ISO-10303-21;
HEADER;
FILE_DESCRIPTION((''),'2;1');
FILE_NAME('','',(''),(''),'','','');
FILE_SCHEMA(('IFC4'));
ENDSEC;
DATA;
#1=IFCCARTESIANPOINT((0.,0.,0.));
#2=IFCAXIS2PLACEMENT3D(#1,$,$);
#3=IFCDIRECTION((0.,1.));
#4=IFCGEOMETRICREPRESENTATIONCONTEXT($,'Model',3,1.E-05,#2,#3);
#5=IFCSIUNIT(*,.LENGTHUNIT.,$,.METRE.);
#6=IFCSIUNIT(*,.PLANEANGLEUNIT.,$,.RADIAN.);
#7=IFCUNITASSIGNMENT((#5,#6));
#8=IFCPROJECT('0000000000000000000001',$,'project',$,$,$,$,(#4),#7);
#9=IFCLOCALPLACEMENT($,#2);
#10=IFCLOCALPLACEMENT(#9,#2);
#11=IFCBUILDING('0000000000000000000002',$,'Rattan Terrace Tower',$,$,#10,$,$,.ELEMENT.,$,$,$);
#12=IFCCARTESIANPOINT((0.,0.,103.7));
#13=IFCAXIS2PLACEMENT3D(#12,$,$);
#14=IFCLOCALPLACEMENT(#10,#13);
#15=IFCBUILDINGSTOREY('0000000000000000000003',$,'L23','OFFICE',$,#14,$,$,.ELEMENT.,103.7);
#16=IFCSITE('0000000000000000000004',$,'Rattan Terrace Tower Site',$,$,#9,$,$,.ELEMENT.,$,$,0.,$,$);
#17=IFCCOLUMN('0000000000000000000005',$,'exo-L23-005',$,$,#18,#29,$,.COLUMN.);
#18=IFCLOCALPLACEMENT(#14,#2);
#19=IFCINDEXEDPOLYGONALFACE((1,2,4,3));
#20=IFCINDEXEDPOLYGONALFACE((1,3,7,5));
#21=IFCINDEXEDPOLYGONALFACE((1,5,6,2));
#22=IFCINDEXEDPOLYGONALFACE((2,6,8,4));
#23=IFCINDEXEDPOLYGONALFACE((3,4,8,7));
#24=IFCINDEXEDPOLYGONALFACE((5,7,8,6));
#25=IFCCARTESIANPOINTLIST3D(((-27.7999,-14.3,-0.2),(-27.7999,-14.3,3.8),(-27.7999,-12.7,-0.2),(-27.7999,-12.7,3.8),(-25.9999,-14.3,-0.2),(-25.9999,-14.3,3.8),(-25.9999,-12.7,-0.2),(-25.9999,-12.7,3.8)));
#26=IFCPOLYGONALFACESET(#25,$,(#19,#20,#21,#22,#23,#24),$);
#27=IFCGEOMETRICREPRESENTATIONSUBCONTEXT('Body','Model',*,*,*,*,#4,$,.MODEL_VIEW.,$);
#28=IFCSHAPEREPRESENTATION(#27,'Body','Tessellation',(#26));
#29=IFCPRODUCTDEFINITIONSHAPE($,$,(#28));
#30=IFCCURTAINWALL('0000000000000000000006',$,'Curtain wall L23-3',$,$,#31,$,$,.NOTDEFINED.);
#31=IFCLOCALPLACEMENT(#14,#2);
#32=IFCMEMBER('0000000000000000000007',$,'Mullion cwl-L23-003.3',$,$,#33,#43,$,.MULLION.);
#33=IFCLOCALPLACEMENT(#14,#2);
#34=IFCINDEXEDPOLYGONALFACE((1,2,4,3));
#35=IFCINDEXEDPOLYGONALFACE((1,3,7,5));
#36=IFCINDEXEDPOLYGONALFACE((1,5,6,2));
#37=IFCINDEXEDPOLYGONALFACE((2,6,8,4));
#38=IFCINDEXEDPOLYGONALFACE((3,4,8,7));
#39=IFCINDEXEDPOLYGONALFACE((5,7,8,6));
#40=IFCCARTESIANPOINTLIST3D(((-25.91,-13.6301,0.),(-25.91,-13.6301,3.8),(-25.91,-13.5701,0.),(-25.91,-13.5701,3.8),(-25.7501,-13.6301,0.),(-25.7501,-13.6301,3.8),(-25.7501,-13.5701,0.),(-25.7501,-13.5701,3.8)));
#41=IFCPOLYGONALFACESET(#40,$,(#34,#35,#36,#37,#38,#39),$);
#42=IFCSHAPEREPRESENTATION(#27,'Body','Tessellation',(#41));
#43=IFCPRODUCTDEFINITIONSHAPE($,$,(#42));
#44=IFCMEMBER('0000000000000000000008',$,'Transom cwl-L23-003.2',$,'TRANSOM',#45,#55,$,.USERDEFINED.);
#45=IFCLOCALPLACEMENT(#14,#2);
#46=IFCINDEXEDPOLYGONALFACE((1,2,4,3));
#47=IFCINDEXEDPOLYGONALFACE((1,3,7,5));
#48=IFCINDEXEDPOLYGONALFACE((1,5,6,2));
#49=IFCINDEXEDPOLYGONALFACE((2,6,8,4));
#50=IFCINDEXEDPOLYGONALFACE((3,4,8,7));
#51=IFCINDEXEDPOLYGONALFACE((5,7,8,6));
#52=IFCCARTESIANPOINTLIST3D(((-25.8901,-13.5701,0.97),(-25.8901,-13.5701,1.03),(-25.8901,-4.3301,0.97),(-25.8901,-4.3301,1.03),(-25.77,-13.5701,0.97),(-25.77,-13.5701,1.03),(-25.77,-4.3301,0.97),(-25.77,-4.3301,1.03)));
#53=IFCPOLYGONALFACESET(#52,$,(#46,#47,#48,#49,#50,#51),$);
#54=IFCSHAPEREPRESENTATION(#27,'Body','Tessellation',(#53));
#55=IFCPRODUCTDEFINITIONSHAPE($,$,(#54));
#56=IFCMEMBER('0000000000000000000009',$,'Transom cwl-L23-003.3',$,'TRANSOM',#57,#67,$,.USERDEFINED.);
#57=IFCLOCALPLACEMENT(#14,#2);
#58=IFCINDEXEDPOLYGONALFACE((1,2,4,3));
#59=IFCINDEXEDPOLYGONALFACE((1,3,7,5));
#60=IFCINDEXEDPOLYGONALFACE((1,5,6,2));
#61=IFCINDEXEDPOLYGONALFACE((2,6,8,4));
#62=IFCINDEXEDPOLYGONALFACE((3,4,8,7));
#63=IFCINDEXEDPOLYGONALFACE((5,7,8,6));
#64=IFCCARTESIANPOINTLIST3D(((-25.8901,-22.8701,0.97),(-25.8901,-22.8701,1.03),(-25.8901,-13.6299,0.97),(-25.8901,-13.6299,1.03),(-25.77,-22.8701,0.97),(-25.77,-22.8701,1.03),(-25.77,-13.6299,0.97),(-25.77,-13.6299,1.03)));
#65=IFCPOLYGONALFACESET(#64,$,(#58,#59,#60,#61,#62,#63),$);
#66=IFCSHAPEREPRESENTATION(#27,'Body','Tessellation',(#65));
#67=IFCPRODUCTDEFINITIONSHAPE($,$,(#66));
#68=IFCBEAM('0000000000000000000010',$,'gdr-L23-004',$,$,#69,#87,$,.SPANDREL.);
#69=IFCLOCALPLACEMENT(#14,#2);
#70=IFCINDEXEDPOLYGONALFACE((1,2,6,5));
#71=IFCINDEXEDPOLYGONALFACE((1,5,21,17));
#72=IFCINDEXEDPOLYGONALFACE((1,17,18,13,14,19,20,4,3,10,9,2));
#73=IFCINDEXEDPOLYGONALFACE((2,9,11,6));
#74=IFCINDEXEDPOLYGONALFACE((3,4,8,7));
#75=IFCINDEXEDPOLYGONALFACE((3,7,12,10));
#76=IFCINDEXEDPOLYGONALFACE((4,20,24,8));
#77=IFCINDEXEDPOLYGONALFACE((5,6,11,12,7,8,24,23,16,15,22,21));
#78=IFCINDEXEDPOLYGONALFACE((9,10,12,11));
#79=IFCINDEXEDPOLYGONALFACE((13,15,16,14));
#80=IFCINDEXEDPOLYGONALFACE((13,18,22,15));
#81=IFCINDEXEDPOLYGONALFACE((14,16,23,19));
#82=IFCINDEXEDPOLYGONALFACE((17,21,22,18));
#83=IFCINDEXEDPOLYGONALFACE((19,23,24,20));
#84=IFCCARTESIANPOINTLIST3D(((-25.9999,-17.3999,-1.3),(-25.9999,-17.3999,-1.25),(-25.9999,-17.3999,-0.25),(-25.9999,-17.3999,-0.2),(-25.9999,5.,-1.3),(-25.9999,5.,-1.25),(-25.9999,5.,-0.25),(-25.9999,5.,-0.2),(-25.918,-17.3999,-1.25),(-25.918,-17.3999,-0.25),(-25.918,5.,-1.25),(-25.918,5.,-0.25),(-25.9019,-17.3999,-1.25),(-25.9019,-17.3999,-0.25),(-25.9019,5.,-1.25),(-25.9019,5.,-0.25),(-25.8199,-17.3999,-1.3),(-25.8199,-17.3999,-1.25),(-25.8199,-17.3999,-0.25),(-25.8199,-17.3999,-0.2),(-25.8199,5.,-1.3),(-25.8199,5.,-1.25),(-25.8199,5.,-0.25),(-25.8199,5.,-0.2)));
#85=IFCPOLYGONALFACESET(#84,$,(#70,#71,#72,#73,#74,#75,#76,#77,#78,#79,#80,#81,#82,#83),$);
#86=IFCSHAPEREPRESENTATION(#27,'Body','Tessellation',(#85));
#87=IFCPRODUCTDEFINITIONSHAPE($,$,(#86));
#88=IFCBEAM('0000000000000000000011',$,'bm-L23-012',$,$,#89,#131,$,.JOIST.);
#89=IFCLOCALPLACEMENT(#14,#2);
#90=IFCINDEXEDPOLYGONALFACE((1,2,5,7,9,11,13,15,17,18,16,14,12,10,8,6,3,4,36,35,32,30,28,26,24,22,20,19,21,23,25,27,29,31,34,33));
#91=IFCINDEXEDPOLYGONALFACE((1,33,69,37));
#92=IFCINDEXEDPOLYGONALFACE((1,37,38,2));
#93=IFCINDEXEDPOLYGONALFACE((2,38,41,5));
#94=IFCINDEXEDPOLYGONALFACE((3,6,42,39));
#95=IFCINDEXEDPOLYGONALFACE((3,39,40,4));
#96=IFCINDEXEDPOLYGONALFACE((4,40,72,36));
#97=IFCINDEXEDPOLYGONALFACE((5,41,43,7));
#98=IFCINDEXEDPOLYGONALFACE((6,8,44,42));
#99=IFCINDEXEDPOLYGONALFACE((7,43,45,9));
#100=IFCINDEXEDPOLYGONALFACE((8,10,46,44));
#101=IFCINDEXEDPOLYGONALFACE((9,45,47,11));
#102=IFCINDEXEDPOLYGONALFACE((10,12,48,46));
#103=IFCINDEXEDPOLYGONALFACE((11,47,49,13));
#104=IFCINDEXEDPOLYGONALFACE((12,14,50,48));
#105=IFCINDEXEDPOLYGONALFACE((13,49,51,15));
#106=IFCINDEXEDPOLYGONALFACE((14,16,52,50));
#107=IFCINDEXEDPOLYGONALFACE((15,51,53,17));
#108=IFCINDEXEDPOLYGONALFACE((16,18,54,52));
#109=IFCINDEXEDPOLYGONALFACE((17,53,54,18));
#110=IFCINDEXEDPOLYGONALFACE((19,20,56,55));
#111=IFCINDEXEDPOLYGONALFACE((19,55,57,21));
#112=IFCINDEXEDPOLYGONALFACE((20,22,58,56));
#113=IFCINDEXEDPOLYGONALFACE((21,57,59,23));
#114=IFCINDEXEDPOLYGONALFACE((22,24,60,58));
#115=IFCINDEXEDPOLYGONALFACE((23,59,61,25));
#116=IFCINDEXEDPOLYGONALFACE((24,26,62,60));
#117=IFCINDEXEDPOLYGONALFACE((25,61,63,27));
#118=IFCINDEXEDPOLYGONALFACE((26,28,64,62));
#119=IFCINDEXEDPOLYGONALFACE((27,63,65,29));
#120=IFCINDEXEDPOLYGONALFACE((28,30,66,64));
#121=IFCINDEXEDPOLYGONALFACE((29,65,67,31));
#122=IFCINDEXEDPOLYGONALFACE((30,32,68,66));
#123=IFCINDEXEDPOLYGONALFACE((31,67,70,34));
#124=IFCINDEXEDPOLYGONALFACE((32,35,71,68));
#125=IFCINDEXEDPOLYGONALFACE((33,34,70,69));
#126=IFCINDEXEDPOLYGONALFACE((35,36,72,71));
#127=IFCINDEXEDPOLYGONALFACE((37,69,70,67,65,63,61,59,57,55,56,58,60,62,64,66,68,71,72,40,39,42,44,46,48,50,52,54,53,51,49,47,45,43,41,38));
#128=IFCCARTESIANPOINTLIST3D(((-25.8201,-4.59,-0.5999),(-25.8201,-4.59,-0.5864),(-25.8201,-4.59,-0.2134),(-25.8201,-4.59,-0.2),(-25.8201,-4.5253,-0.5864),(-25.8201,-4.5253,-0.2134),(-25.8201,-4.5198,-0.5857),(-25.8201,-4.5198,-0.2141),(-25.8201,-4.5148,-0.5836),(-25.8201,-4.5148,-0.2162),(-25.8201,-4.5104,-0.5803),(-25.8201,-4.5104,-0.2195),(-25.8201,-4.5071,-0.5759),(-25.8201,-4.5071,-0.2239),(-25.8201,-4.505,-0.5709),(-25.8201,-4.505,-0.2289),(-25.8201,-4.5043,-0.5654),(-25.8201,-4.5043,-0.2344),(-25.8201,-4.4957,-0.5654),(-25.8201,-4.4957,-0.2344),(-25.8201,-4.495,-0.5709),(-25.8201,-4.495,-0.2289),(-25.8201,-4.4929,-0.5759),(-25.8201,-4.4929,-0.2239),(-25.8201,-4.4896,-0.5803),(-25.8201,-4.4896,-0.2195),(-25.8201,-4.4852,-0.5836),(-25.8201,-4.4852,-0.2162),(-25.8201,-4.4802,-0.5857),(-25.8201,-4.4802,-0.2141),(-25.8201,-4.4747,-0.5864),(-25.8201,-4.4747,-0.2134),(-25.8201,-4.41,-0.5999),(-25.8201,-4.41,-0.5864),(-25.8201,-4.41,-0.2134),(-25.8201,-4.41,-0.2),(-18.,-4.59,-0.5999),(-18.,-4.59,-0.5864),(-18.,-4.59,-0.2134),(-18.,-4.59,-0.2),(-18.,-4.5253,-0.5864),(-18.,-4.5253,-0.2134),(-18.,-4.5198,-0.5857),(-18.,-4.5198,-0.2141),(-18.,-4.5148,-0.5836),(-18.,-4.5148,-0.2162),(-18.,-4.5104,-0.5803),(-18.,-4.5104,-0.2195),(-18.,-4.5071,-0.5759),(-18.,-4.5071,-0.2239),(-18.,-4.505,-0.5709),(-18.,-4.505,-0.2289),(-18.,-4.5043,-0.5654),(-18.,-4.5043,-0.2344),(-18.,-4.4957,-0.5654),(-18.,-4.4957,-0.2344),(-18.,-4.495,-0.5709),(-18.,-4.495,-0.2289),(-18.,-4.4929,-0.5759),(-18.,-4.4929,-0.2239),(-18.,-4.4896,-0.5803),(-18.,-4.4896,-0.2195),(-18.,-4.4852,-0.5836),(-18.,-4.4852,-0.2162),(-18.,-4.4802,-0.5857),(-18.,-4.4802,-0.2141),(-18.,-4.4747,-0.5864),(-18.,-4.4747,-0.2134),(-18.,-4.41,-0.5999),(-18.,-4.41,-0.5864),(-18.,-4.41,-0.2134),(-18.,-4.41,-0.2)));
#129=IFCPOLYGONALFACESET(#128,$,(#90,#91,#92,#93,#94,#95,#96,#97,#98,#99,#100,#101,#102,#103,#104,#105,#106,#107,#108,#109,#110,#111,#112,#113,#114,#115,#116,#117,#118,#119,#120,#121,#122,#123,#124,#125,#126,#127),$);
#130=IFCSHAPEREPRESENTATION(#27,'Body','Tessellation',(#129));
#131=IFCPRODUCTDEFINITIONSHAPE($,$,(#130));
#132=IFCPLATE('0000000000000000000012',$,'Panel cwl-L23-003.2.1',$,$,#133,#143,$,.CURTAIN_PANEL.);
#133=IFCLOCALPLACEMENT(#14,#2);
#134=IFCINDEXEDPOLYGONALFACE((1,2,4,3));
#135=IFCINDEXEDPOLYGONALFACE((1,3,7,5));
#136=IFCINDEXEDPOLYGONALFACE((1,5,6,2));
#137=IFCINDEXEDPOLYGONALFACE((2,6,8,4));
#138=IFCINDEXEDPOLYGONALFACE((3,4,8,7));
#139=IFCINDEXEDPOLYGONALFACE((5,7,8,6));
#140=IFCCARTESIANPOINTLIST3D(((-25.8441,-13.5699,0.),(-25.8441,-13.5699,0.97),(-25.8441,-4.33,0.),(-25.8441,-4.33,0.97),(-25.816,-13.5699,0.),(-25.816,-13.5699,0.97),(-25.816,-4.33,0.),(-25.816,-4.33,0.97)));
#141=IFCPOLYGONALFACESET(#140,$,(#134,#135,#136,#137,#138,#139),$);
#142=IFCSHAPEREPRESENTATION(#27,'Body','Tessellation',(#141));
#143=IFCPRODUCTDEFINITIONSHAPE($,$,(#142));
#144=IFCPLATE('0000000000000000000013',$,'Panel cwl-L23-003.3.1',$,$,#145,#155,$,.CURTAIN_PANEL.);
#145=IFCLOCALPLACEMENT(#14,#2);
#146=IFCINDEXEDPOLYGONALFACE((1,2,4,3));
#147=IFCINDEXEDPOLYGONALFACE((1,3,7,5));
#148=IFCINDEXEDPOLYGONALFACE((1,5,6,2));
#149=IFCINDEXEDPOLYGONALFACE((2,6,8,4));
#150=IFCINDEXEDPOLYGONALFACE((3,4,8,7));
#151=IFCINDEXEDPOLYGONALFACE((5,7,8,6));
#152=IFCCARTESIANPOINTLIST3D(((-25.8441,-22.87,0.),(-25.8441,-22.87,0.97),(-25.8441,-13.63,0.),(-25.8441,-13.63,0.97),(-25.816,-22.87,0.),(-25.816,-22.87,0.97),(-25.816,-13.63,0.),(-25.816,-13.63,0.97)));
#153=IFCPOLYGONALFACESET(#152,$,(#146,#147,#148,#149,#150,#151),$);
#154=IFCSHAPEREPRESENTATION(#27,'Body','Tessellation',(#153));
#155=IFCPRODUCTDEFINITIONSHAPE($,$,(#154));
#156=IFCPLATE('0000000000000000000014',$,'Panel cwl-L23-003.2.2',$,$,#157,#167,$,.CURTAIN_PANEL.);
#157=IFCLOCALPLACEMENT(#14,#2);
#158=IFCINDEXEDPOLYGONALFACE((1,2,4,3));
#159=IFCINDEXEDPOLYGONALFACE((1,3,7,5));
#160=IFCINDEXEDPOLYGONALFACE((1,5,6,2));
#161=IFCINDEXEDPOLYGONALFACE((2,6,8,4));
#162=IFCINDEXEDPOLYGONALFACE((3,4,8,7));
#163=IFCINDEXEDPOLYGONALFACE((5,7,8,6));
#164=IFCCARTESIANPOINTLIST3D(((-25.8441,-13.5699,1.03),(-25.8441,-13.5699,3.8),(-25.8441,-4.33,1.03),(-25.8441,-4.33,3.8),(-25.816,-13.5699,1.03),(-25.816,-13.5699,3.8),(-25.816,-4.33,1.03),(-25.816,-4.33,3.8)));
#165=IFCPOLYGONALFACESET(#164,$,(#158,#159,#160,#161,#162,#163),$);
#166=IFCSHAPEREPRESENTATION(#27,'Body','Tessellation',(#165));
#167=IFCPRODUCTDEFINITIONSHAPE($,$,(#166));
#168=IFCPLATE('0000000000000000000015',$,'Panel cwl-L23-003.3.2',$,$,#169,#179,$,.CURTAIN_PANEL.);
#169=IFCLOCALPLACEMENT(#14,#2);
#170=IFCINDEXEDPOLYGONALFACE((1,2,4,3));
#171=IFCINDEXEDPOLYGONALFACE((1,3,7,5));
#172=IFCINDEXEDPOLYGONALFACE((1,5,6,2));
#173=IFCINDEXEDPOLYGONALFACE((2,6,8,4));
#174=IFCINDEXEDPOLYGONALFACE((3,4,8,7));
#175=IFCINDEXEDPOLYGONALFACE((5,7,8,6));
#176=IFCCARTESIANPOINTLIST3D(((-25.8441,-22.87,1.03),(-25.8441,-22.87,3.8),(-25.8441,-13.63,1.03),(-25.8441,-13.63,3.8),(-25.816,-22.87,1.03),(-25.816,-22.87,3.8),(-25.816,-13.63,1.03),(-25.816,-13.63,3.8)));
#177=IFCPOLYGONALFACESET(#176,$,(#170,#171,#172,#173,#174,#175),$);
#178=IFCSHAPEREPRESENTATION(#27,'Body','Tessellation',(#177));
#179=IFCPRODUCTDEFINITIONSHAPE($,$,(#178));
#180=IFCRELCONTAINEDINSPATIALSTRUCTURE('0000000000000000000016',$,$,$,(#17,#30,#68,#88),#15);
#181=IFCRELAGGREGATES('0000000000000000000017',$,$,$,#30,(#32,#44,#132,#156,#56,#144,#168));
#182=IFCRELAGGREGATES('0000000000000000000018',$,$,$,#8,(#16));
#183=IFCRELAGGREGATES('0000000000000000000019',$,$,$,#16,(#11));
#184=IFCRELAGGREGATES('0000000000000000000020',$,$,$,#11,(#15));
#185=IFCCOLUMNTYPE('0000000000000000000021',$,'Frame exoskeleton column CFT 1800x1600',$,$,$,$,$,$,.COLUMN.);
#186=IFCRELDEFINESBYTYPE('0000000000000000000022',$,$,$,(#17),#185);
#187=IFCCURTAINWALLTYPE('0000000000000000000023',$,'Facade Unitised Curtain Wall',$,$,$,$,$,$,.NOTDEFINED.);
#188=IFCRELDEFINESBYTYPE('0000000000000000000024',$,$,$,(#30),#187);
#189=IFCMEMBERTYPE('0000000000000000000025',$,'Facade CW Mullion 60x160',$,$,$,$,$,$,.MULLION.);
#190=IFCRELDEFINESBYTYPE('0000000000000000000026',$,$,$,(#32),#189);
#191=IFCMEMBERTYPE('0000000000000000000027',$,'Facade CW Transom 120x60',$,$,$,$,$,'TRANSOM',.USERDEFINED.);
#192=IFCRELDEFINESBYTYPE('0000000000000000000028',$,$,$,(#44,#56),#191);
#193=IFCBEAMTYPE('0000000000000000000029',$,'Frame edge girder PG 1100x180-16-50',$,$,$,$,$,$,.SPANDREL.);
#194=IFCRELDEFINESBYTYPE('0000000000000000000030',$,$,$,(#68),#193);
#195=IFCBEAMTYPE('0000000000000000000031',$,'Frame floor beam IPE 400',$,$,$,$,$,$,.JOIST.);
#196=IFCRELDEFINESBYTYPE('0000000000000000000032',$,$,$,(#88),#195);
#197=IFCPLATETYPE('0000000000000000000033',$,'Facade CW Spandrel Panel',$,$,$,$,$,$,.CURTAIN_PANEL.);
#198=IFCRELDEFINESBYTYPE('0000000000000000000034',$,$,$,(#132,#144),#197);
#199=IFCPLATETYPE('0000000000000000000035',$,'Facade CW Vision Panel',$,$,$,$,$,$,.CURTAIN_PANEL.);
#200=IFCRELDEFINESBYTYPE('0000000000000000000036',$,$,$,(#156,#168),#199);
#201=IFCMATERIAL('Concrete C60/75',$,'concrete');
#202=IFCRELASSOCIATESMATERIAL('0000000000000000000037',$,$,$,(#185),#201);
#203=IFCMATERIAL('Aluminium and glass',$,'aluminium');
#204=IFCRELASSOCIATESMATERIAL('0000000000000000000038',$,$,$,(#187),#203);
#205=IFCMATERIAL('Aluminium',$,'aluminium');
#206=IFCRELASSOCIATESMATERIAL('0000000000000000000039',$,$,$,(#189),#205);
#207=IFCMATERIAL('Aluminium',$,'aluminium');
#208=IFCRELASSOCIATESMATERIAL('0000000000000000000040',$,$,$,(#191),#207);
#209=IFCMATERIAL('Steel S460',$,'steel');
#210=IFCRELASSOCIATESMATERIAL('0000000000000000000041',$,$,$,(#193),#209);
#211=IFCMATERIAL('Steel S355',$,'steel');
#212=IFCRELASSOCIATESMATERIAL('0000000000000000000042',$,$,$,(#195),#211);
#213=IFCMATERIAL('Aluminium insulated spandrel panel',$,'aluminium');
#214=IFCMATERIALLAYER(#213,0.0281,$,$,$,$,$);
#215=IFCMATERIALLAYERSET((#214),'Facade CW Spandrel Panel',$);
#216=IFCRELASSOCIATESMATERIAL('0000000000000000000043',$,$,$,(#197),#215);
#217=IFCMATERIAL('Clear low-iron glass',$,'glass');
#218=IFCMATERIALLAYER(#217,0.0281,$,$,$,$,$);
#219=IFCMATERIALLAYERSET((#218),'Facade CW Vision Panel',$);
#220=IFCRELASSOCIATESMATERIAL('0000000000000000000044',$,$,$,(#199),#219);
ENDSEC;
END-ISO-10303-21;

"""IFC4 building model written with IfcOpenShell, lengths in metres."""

from ifc_helpers import new_model, si_unit, direction, frame, origin, origin_2d, place, context, subcontext, project, spatial, rectangle, i_section, extrude, material, layer, layer_set, material_profile, profile_set, type_object, element, aggregate, save


model = new_model("IFC4")

# Units and contexts
model_context = context("Model", 3, precision=1e-05, world=origin(), true_north=direction((0.0, 1.0)))
body_context = subcontext(model_context, "Body", "Model", "MODEL_VIEW")
ifc_project = project(units=[si_unit("LENGTHUNIT", "METRE"), si_unit("PLANEANGLEUNIT", "RADIAN")], contexts=[model_context])

# Site, building, storey
site_placement = place(None, origin())
site = spatial("IfcSite", under=ifc_project, at=site_placement, Name="Rattan Terrace Tower Site", CompositionType="ELEMENT", RefElevation=0.0)
building_placement = place(site_placement, origin())
building = spatial("IfcBuilding", under=site, at=building_placement, Name="Rattan Terrace Tower", CompositionType="ELEMENT")
storey_placement = place(building_placement, frame((0.0, 0.0, 103.7)))
storey = spatial("IfcBuildingStorey", under=building, at=storey_placement, Name="L23", Description="OFFICE", CompositionType="ELEMENT", Elevation=103.7)

# Column
ifc_material_1 = material(Name="Concrete C60/75", Category="concrete")
ifc_material_profile_1 = material_profile(ifc_material_1, rectangle(XDim=1.6001, YDim=1.8, at=origin_2d()), Name="CFT 1800x1600")
ifc_profile_set_1 = profile_set([ifc_material_profile_1], Name="Concrete C60/75")
column_type = type_object("IfcColumnType", Name="Frame exoskeleton column CFT 1800x1600", PredefinedType="COLUMN", material=ifc_profile_set_1)
column_placement = place(storey_placement, frame((-26.8999, -13.5, -0.2), z_axis=(0.0, 0.0, 1.0), x_axis=(0.0, 1.0, 0.0)))
element("IfcColumn", 1, at=column_placement, inside=storey, type_object=column_type, Name="exo-L23-005", PredefinedType="COLUMN", context=body_context, shape_type="SweptSolid", body=[
    extrude(rectangle(XDim=1.6001, YDim=1.8, at=origin_2d()), origin(), (0.0, 0.0, 1.0), 4.0),
])

# Curtain wall, members
ifc_material_2 = material(Name="Aluminium and glass", Category="aluminium")
curtain_wall_type = type_object("IfcCurtainWallType", Name="Facade Unitised Curtain Wall", PredefinedType="NOTDEFINED", material=ifc_material_2)
curtain_wall_placement = place(storey_placement, origin())
curtain_wall = element("IfcCurtainWall", 2, at=curtain_wall_placement, inside=storey, type_object=curtain_wall_type, Name="Curtain wall L23-3", PredefinedType="NOTDEFINED")
ifc_material_3 = material(Name="Aluminium", Category="aluminium")
ifc_material_profile_2 = material_profile(ifc_material_3, rectangle(XDim=0.0601, YDim=0.1599, at=origin_2d()), Name="Aluminium 60x160")
ifc_profile_set_2 = profile_set([ifc_material_profile_2], Name="Aluminium")
member_type_1 = type_object("IfcMemberType", Name="Facade CW Mullion 60x160", PredefinedType="MULLION", material=ifc_profile_set_2)
member_1_placement = place(storey_placement, frame((-25.8301, -13.6001, 0.0), z_axis=(0.0, 0.0, 1.0), x_axis=(0.0, -1.0, 0.0)))
member_1 = element("IfcMember", 3, at=member_1_placement, type_object=member_type_1, Name="Mullion cwl-L23-003.3", PredefinedType="MULLION", context=body_context, shape_type="SweptSolid", body=[
    extrude(rectangle(XDim=0.0601, YDim=0.1599, at=origin_2d()), origin(), (0.0, 0.0, 1.0), 3.8),
])
ifc_material_4 = material(Name="Aluminium", Category="aluminium")
ifc_material_profile_3 = material_profile(ifc_material_4, rectangle(XDim=0.1201, YDim=0.0601, at=origin_2d()), Name="Aluminium 120x60")
ifc_profile_set_3 = profile_set([ifc_material_profile_3], Name="Aluminium")
member_type_2 = type_object("IfcMemberType", Name="Facade CW Transom 120x60", ElementType="TRANSOM", PredefinedType="USERDEFINED", material=ifc_profile_set_3)
member_2_placement = place(storey_placement, frame((-25.8301, -4.3301, 1.0), z_axis=(0.0, -1.0, 0.0), x_axis=(1.0, 0.0, 0.0)))
member_2 = element("IfcMember", 4, at=member_2_placement, type_object=member_type_2, Name="Transom cwl-L23-003.2", ObjectType="TRANSOM", PredefinedType="USERDEFINED", context=body_context, shape_type="SweptSolid", body=[
    extrude(rectangle(XDim=0.1201, YDim=0.0601, at=origin_2d()), origin(), (0.0, 0.0, 1.0), 9.24),
])
member_3_placement = place(storey_placement, frame((-25.8301, -13.6299, 1.0), z_axis=(0.0, -1.0, 0.0), x_axis=(1.0, 0.0, 0.0)))
member_3 = element("IfcMember", 5, at=member_3_placement, type_object=member_type_2, Name="Transom cwl-L23-003.3", ObjectType="TRANSOM", PredefinedType="USERDEFINED", context=body_context, shape_type="SweptSolid", body=[
    extrude(rectangle(XDim=0.1201, YDim=0.0601, at=origin_2d()), origin(), (0.0, 0.0, 1.0), 9.2402),
])

# Beams
ifc_material_5 = material(Name="Steel S460", Category="steel")
ifc_material_profile_4 = material_profile(ifc_material_5, i_section(OverallWidth=0.1799, OverallDepth=1.1001, WebThickness=0.0161, FlangeThickness=0.05, at=origin_2d()), Name="PG 1100x180-16-50")
ifc_profile_set_4 = profile_set([ifc_material_profile_4], Name="Steel S460")
beam_type_1 = type_object("IfcBeamType", Name="Frame edge girder PG 1100x180-16-50", PredefinedType="SPANDREL", material=ifc_profile_set_4)
beam_1_placement = place(storey_placement, frame((-25.9099, -17.3999, -0.75), z_axis=(0.0, 1.0, 0.0), x_axis=(-1.0, 0.0, 0.0)))
element("IfcBeam", 6, at=beam_1_placement, inside=storey, type_object=beam_type_1, Name="gdr-L23-004", PredefinedType="SPANDREL", context=body_context, shape_type="SweptSolid", body=[
    extrude(i_section(OverallWidth=0.1799, OverallDepth=1.1001, WebThickness=0.0161, FlangeThickness=0.05, at=origin_2d()), origin(), (0.0, 0.0, 1.0), 22.3999),
])
ifc_material_6 = material(Name="Steel S355", Category="steel")
ifc_material_profile_5 = material_profile(ifc_material_6, i_section(OverallWidth=0.1799, OverallDepth=0.3999, WebThickness=0.0085, FlangeThickness=0.0134, FilletRadius=0.021, at=origin_2d()), Name="IPE 400")
ifc_profile_set_5 = profile_set([ifc_material_profile_5], Name="Steel S355")
beam_type_2 = type_object("IfcBeamType", Name="Frame floor beam IPE 400", PredefinedType="JOIST", material=ifc_profile_set_5)
beam_2_placement = place(storey_placement, frame((-25.8201, -4.5, -0.3999), z_axis=(1.0, 0.0, 0.0), x_axis=(0.0, 1.0, 0.0)))
element("IfcBeam", 7, at=beam_2_placement, inside=storey, type_object=beam_type_2, Name="bm-L23-012", PredefinedType="JOIST", context=body_context, shape_type="SweptSolid", body=[
    extrude(i_section(OverallWidth=0.1799, OverallDepth=0.3999, WebThickness=0.0085, FlangeThickness=0.0134, FilletRadius=0.021, at=origin_2d()), origin(), (0.0, 0.0, 1.0), 7.8201),
])

# Plates
ifc_material_7 = material(Name="Aluminium insulated spandrel panel", Category="aluminium")
ifc_layer_1 = layer(ifc_material_7, 0.0281)
ifc_layer_set_1 = layer_set([ifc_layer_1], Name="Facade CW Spandrel Panel")
plate_type_1 = type_object("IfcPlateType", Name="Facade CW Spandrel Panel", PredefinedType="CURTAIN_PANEL", material=ifc_layer_set_1)
plate_1_placement = place(storey_placement, frame((-25.8301, -8.95, 0.0), z_axis=(0.0, 0.0, 1.0), x_axis=(0.0, -1.0, 0.0)))
plate_1 = element("IfcPlate", 8, at=plate_1_placement, type_object=plate_type_1, Name="Panel cwl-L23-003.2.1", PredefinedType="CURTAIN_PANEL", context=body_context, shape_type="SweptSolid", body=[
    extrude(rectangle(XDim=9.24, YDim=0.0281, at=origin_2d()), origin(), (0.0, 0.0, 1.0), 0.97),
])
plate_2_placement = place(storey_placement, frame((-25.8301, -18.25, 0.0), z_axis=(0.0, 0.0, 1.0), x_axis=(0.0, -1.0, 0.0)))
plate_2 = element("IfcPlate", 9, at=plate_2_placement, type_object=plate_type_1, Name="Panel cwl-L23-003.3.1", PredefinedType="CURTAIN_PANEL", context=body_context, shape_type="SweptSolid", body=[
    extrude(rectangle(XDim=9.24, YDim=0.0281, at=origin_2d()), origin(), (0.0, 0.0, 1.0), 0.97),
])
ifc_material_8 = material(Name="Clear low-iron glass", Category="glass")
ifc_layer_2 = layer(ifc_material_8, 0.0281)
ifc_layer_set_2 = layer_set([ifc_layer_2], Name="Facade CW Vision Panel")
plate_type_2 = type_object("IfcPlateType", Name="Facade CW Vision Panel", PredefinedType="CURTAIN_PANEL", material=ifc_layer_set_2)
plate_3_placement = place(storey_placement, frame((-25.8301, -8.95, 1.03), z_axis=(0.0, 0.0, 1.0), x_axis=(0.0, -1.0, 0.0)))
plate_3 = element("IfcPlate", 10, at=plate_3_placement, type_object=plate_type_2, Name="Panel cwl-L23-003.2.2", PredefinedType="CURTAIN_PANEL", context=body_context, shape_type="SweptSolid", body=[
    extrude(rectangle(XDim=9.24, YDim=0.0281, at=origin_2d()), origin(), (0.0, 0.0, 1.0), 2.77),
])
plate_4_placement = place(storey_placement, frame((-25.8301, -18.25, 1.03), z_axis=(0.0, 0.0, 1.0), x_axis=(0.0, -1.0, 0.0)))
plate_4 = element("IfcPlate", 11, at=plate_4_placement, type_object=plate_type_2, Name="Panel cwl-L23-003.3.2", PredefinedType="CURTAIN_PANEL", context=body_context, shape_type="SweptSolid", body=[
    extrude(rectangle(XDim=9.24, YDim=0.0281, at=origin_2d()), origin(), (0.0, 0.0, 1.0), 2.77),
])
aggregate(curtain_wall, [member_1, member_2, plate_1, plate_3, member_3, plate_2, plate_4])

save(model, "model.ifc")
